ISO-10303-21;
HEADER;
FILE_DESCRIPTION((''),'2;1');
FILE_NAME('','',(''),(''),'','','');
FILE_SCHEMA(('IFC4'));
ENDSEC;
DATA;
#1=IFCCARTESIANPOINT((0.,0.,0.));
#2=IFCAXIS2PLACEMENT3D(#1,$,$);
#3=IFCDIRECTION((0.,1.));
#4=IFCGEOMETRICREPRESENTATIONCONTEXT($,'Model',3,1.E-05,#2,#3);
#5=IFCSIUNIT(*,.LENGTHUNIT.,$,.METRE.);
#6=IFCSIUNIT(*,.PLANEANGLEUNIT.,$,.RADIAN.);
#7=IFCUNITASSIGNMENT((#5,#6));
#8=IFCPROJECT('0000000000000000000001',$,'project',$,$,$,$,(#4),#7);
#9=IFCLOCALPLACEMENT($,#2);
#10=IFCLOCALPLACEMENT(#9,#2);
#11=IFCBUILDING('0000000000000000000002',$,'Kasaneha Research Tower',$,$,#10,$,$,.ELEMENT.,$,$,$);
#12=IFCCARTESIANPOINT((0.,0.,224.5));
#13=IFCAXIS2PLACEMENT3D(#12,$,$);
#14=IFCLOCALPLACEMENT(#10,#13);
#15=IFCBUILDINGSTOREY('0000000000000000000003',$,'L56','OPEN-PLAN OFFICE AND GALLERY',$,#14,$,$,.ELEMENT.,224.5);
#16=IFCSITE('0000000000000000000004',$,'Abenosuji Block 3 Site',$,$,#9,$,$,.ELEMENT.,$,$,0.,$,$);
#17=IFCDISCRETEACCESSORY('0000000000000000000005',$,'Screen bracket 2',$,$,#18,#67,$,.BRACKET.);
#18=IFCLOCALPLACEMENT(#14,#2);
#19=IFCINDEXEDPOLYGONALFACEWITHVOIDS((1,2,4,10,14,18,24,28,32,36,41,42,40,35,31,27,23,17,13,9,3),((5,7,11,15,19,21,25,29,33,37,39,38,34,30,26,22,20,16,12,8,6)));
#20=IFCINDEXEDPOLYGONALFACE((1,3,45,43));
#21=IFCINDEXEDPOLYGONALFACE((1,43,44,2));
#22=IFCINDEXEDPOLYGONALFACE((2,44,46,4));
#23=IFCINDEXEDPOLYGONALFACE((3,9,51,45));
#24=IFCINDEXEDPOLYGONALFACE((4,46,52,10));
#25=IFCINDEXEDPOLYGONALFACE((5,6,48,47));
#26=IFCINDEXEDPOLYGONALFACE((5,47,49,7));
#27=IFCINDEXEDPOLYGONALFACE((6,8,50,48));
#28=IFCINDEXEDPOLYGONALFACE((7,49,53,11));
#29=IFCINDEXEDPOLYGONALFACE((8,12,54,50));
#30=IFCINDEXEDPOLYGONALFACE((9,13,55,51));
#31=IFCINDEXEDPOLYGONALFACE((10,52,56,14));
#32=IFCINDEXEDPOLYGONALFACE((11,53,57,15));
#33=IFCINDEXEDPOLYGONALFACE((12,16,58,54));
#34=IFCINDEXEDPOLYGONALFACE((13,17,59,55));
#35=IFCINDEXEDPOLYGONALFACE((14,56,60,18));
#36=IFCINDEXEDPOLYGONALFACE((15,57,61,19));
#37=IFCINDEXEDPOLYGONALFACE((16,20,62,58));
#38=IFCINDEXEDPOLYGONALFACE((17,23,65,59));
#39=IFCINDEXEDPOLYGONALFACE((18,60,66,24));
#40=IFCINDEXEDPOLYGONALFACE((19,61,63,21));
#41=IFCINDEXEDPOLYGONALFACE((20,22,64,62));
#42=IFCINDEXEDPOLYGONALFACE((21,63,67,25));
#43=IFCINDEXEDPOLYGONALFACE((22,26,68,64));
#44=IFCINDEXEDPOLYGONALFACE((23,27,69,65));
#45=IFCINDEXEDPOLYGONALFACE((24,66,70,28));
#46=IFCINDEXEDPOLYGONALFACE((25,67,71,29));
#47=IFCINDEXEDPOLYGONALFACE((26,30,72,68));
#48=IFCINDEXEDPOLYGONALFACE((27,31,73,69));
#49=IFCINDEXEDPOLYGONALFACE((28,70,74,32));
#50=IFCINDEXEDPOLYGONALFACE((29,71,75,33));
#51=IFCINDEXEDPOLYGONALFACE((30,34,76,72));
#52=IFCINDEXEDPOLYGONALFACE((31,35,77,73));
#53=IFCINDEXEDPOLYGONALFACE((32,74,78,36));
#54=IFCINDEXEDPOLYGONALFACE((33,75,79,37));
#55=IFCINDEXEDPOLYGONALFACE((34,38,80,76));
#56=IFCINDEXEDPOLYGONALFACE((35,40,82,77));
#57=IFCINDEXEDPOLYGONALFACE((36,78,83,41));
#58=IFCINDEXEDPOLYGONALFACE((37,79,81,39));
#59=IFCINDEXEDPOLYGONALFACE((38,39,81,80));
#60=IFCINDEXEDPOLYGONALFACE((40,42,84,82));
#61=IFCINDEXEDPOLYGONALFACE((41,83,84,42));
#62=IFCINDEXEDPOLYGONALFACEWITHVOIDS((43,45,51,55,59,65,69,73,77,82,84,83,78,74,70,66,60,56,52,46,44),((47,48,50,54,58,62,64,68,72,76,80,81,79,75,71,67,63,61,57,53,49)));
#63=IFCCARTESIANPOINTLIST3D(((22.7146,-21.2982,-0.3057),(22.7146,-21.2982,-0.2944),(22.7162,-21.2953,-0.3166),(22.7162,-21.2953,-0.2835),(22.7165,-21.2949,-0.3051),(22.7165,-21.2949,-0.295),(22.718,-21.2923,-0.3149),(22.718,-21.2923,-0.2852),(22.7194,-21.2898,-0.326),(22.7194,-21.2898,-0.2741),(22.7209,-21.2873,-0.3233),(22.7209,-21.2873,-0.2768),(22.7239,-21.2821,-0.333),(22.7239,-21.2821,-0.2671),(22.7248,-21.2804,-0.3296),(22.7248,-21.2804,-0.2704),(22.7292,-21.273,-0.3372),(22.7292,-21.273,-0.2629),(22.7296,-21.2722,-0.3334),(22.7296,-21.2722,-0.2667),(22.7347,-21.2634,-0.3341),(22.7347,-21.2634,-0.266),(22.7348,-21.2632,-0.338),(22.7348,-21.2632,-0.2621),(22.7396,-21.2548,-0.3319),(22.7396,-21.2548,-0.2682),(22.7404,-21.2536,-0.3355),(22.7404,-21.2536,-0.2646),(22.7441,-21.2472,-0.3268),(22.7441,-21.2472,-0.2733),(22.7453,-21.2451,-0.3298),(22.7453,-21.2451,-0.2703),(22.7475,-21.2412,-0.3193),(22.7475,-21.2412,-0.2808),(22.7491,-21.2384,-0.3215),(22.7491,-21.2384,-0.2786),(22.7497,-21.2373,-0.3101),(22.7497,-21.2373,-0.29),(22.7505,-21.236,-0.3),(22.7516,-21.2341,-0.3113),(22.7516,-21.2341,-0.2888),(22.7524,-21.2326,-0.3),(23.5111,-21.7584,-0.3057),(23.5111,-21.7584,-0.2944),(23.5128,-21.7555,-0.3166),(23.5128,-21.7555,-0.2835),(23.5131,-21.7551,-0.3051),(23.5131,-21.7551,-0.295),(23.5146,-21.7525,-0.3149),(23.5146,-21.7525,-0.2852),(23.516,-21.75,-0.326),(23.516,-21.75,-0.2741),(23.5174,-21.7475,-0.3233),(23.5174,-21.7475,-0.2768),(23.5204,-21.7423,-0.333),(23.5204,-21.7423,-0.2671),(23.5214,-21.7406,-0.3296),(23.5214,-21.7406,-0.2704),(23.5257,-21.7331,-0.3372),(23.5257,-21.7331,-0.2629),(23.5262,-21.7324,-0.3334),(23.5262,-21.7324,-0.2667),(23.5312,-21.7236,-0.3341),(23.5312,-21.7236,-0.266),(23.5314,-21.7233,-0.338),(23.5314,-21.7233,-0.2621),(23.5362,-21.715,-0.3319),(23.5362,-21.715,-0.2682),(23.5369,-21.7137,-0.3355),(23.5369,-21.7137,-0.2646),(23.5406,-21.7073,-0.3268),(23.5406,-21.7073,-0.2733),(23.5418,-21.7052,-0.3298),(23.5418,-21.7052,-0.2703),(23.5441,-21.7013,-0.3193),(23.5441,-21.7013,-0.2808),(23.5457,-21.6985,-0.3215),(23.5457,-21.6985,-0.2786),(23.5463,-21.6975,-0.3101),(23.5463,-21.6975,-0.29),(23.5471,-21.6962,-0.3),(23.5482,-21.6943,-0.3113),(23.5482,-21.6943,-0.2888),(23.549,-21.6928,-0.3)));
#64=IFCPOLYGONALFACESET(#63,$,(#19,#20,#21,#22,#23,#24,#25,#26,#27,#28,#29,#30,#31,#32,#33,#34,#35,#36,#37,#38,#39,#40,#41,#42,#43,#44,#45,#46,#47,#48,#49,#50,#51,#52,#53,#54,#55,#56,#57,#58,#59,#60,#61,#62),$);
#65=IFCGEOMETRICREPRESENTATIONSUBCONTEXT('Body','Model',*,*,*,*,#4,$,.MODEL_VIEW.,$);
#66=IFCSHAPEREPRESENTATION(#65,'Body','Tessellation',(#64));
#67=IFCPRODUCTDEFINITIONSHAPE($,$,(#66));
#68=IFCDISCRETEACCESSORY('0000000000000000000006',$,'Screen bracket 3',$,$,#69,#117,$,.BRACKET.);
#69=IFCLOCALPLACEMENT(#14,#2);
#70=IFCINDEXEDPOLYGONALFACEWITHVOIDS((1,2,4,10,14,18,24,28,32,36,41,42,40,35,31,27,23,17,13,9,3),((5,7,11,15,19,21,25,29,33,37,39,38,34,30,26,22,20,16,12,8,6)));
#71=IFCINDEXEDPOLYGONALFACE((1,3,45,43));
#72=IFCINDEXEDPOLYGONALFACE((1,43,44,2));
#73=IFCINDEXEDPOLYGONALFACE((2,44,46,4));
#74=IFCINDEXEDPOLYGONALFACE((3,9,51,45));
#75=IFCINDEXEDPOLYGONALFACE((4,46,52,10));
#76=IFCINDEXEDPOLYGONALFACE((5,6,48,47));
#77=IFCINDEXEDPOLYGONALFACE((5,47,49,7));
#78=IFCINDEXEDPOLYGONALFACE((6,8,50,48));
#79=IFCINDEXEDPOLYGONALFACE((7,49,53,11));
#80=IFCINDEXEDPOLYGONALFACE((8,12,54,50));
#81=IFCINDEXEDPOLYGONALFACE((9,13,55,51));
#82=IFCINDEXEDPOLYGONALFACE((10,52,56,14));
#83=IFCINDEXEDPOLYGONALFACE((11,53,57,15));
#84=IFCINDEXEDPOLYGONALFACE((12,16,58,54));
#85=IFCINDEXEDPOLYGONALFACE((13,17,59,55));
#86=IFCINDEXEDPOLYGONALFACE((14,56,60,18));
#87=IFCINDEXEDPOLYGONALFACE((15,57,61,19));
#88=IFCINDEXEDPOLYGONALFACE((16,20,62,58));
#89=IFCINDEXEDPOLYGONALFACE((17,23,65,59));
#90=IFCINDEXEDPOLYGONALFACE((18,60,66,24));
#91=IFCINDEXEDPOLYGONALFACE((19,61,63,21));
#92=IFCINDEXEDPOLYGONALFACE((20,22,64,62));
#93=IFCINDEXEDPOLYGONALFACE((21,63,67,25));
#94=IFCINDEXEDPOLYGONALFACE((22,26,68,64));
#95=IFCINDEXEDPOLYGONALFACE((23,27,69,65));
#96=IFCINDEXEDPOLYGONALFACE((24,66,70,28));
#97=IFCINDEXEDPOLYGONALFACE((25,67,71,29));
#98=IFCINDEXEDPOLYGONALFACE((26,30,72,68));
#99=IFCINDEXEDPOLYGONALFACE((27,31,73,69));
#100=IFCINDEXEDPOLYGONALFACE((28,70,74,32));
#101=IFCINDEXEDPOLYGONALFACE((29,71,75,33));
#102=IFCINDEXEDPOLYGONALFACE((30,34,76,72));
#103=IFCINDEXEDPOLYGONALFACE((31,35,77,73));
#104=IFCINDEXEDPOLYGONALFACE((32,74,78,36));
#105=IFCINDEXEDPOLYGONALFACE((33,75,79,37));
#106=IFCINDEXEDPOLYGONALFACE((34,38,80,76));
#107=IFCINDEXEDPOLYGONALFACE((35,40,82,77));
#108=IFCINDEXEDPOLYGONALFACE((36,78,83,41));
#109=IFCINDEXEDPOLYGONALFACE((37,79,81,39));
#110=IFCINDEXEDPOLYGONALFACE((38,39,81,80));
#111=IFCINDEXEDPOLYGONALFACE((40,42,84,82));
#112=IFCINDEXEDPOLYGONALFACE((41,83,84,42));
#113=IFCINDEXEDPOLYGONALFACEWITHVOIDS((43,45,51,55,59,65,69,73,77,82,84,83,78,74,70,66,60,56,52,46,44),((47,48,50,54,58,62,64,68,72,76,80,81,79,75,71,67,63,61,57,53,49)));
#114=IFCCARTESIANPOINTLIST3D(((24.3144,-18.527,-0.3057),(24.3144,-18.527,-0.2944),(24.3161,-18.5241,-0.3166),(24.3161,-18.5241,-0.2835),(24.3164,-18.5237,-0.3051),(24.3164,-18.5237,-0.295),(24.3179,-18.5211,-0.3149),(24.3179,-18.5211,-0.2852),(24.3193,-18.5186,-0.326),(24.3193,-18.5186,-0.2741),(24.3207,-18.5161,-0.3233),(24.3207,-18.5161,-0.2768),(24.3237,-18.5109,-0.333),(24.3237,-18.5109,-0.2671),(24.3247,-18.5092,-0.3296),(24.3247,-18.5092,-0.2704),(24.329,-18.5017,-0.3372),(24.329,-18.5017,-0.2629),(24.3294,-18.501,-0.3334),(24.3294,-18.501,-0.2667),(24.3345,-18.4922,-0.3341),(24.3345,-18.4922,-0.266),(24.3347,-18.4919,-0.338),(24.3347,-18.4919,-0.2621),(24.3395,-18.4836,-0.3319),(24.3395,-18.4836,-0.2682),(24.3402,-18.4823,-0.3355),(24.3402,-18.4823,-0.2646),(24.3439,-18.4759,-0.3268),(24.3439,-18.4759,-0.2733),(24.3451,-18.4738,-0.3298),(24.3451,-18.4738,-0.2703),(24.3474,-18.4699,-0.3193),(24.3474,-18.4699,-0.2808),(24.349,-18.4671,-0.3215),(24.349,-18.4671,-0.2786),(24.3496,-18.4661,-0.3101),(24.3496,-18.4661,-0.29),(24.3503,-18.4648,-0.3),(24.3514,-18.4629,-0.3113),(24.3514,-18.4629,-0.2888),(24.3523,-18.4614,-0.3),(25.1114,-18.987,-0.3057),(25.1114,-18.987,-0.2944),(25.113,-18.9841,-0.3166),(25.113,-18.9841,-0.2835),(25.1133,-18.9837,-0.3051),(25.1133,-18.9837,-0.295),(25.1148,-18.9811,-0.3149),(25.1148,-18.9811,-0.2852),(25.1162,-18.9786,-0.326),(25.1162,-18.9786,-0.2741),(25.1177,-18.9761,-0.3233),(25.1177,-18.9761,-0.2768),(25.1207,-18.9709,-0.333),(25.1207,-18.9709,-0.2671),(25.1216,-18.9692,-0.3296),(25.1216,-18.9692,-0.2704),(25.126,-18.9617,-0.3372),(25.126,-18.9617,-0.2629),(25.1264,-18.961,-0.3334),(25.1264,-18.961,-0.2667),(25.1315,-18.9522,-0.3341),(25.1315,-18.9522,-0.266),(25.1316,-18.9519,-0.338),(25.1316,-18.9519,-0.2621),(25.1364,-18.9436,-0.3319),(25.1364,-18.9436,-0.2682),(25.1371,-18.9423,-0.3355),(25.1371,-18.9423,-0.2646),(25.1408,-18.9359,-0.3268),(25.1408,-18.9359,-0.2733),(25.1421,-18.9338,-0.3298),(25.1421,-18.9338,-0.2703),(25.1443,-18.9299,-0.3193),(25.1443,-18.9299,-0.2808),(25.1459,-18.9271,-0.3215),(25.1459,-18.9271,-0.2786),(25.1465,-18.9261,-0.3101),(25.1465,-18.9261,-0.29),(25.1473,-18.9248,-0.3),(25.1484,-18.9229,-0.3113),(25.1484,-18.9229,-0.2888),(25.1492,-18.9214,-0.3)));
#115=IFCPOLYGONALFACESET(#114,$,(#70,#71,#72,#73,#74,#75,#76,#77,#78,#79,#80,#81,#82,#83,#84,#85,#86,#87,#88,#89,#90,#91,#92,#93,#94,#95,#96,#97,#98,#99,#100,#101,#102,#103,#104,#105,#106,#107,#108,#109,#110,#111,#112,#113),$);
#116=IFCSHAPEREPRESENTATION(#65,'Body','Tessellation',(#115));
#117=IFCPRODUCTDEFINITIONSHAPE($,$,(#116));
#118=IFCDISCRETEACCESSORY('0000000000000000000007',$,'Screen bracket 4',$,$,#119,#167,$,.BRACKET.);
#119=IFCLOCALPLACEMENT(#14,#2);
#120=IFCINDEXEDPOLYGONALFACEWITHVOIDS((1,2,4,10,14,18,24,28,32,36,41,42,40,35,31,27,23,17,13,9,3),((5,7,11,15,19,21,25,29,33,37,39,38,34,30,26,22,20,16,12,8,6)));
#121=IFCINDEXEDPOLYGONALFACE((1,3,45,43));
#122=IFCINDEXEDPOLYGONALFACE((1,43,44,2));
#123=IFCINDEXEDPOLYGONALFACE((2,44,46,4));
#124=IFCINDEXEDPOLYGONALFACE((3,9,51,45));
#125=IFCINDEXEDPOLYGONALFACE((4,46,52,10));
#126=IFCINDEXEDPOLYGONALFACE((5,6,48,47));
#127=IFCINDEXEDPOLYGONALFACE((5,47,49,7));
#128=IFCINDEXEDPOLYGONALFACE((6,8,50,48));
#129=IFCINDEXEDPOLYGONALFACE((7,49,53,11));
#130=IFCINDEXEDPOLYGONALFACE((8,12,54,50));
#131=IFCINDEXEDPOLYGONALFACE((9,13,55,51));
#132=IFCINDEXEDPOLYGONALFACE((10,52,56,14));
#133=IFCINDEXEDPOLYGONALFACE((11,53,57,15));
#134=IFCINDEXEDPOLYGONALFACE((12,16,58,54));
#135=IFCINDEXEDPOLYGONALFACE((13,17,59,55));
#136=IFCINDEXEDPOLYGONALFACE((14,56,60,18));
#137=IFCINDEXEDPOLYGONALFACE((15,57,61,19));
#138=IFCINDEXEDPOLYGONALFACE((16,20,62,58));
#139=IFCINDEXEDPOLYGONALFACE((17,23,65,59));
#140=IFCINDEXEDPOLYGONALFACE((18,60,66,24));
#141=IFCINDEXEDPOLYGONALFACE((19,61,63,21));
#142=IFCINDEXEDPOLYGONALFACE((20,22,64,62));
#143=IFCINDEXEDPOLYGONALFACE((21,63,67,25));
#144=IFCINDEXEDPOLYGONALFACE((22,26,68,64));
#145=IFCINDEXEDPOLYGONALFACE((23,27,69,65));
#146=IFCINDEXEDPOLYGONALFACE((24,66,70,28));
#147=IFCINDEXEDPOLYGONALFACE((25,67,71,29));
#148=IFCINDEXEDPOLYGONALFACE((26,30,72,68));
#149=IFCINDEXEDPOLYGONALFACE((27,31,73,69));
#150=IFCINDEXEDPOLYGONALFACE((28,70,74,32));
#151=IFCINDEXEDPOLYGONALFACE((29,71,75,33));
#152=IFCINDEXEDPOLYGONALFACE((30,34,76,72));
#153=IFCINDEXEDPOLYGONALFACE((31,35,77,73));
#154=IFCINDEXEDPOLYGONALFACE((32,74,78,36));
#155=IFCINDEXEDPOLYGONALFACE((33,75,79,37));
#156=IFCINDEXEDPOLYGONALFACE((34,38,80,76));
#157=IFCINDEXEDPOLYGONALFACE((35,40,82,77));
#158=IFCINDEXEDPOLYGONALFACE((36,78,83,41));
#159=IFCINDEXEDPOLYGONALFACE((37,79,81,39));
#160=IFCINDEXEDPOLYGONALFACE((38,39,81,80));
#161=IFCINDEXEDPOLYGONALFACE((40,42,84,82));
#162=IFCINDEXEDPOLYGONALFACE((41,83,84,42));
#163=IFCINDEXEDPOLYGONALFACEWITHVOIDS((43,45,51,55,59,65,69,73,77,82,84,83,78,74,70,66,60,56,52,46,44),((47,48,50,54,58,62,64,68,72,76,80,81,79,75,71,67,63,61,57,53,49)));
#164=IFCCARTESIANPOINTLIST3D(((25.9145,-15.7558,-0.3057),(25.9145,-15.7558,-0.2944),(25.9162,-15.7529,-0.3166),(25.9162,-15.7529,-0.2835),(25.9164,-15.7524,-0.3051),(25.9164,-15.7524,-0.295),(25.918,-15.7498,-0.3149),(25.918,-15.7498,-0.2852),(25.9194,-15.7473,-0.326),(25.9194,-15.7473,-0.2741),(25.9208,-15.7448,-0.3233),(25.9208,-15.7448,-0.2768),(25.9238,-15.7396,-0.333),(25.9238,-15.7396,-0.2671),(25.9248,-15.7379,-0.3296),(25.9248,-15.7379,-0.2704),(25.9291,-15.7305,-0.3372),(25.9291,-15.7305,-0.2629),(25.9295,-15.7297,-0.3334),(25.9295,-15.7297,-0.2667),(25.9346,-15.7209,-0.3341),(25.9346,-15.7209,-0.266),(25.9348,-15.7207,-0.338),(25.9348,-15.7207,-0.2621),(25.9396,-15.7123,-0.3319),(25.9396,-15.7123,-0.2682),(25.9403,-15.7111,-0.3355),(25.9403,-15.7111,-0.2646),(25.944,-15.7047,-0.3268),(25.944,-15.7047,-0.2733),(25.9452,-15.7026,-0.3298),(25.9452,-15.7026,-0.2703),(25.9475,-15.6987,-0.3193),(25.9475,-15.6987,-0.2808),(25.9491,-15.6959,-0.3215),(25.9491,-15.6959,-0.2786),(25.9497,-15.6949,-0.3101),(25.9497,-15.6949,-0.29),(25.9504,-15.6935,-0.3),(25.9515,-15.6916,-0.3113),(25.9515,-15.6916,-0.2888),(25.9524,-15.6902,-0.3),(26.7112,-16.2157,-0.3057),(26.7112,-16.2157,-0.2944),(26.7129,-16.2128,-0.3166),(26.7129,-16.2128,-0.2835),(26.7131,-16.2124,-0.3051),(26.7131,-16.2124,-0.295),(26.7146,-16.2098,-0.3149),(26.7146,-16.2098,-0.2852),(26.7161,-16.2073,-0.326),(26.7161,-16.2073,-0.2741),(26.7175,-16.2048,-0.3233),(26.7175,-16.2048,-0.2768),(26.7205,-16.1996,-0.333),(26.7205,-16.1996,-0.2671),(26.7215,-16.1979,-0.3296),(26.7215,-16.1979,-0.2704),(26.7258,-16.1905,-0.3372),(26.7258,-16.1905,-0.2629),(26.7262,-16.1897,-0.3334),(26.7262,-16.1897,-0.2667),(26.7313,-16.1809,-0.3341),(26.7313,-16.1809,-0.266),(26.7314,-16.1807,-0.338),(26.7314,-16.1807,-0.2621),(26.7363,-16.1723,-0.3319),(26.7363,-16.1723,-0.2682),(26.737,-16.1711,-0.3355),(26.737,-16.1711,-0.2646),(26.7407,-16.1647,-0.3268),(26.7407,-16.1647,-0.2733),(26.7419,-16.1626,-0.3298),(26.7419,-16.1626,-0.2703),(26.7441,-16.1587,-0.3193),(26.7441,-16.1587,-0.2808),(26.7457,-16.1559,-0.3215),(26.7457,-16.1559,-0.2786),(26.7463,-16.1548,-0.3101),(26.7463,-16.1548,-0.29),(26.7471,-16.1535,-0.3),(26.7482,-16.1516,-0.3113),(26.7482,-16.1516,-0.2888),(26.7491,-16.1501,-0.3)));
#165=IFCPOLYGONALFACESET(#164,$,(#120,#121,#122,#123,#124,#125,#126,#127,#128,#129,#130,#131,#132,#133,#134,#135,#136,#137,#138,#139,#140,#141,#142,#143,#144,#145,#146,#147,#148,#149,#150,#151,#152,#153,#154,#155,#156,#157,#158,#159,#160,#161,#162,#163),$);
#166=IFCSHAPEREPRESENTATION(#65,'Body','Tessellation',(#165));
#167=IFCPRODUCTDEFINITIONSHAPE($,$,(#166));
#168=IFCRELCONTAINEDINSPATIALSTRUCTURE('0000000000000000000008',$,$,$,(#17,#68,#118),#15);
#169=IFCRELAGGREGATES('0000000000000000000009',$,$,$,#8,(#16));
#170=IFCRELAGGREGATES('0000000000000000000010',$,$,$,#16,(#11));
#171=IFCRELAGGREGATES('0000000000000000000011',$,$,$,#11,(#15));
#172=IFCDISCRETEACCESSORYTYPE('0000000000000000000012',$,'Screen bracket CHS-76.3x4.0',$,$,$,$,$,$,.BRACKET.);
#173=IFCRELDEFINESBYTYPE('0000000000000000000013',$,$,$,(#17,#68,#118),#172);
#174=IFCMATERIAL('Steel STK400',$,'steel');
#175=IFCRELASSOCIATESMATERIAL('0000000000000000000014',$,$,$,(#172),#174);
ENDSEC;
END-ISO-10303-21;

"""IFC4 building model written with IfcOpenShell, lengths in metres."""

from ifc_helpers import new_model, si_unit, direction, frame, origin, origin_2d, place, context, subcontext, project, spatial, hollow_circle, extrude, material, material_profile, profile_set, type_object, element, save


model = new_model("IFC4")

# Units and contexts
model_context = context("Model", 3, precision=1e-05, world=origin(), true_north=direction((0.0, 1.0)))
body_context = subcontext(model_context, "Body", "Model", "MODEL_VIEW")
ifc_project = project(units=[si_unit("LENGTHUNIT", "METRE"), si_unit("PLANEANGLEUNIT", "RADIAN")], contexts=[model_context])

# Site, building, storey
site_placement = place(None, origin())
site = spatial("IfcSite", under=ifc_project, at=site_placement, Name="Abenosuji Block 3 Site", CompositionType="ELEMENT", RefElevation=0.0)
building_placement = place(site_placement, origin())
building = spatial("IfcBuilding", under=site, at=building_placement, Name="Kasaneha Research Tower", CompositionType="ELEMENT")
storey_placement = place(building_placement, frame((0.0, 0.0, 224.5)))
storey = spatial("IfcBuildingStorey", under=building, at=storey_placement, Name="L56", Description="OPEN-PLAN OFFICE AND GALLERY", CompositionType="ELEMENT", Elevation=224.5)

# Discrete accessories
ifc_material_1 = material(Name="Steel STK400", Category="steel")
ifc_material_profile_1 = material_profile(ifc_material_1, hollow_circle(Radius=0.0381, WallThickness=0.0039, at=origin_2d()), Name="CHS-76.3x4.0")
ifc_profile_set_1 = profile_set([ifc_material_profile_1], Name="Steel STK400")
discrete_accessory_type = type_object("IfcDiscreteAccessoryType", Name="Screen bracket CHS-76.3x4.0", PredefinedType="BRACKET", material=ifc_profile_set_1)
discrete_accessory_1_placement = place(storey_placement, frame((22.7334, -21.2656, -0.3), z_axis=(0.865898, -0.50022, 0.0), x_axis=(0.50022, 0.865898, 0.0)))
element("IfcDiscreteAccessory", 1, at=discrete_accessory_1_placement, inside=storey, type_object=discrete_accessory_type, Name="Screen bracket 2", PredefinedType="BRACKET", context=body_context, shape_type="SweptSolid", body=[
    extrude(hollow_circle(Radius=0.0381, WallThickness=0.0039, at=origin_2d()), origin(), (0.0, 0.0, 1.0), 0.9199),
])
discrete_accessory_2_placement = place(storey_placement, frame((24.3333, -18.4944, -0.3), z_axis=(0.86608, -0.499906, 0.0), x_axis=(0.499906, 0.86608, 0.0)))
element("IfcDiscreteAccessory", 2, at=discrete_accessory_2_placement, inside=storey, type_object=discrete_accessory_type, Name="Screen bracket 3", PredefinedType="BRACKET", context=body_context, shape_type="SweptSolid", body=[
    extrude(hollow_circle(Radius=0.0381, WallThickness=0.0039, at=origin_2d()), origin(), (0.0, 0.0, 1.0), 0.9202),
])
discrete_accessory_3_placement = place(storey_placement, frame((25.9333, -15.7231, -0.3), z_axis=(0.866013, -0.500021, 0.0), x_axis=(0.500021, 0.866013, 0.0)))
element("IfcDiscreteAccessory", 3, at=discrete_accessory_3_placement, inside=storey, type_object=discrete_accessory_type, Name="Screen bracket 4", PredefinedType="BRACKET", context=body_context, shape_type="SweptSolid", body=[
    extrude(hollow_circle(Radius=0.0381, WallThickness=0.0039, at=origin_2d()), origin(), (0.0, 0.0, 1.0), 0.9199),
])

save(model, "model.ifc")
